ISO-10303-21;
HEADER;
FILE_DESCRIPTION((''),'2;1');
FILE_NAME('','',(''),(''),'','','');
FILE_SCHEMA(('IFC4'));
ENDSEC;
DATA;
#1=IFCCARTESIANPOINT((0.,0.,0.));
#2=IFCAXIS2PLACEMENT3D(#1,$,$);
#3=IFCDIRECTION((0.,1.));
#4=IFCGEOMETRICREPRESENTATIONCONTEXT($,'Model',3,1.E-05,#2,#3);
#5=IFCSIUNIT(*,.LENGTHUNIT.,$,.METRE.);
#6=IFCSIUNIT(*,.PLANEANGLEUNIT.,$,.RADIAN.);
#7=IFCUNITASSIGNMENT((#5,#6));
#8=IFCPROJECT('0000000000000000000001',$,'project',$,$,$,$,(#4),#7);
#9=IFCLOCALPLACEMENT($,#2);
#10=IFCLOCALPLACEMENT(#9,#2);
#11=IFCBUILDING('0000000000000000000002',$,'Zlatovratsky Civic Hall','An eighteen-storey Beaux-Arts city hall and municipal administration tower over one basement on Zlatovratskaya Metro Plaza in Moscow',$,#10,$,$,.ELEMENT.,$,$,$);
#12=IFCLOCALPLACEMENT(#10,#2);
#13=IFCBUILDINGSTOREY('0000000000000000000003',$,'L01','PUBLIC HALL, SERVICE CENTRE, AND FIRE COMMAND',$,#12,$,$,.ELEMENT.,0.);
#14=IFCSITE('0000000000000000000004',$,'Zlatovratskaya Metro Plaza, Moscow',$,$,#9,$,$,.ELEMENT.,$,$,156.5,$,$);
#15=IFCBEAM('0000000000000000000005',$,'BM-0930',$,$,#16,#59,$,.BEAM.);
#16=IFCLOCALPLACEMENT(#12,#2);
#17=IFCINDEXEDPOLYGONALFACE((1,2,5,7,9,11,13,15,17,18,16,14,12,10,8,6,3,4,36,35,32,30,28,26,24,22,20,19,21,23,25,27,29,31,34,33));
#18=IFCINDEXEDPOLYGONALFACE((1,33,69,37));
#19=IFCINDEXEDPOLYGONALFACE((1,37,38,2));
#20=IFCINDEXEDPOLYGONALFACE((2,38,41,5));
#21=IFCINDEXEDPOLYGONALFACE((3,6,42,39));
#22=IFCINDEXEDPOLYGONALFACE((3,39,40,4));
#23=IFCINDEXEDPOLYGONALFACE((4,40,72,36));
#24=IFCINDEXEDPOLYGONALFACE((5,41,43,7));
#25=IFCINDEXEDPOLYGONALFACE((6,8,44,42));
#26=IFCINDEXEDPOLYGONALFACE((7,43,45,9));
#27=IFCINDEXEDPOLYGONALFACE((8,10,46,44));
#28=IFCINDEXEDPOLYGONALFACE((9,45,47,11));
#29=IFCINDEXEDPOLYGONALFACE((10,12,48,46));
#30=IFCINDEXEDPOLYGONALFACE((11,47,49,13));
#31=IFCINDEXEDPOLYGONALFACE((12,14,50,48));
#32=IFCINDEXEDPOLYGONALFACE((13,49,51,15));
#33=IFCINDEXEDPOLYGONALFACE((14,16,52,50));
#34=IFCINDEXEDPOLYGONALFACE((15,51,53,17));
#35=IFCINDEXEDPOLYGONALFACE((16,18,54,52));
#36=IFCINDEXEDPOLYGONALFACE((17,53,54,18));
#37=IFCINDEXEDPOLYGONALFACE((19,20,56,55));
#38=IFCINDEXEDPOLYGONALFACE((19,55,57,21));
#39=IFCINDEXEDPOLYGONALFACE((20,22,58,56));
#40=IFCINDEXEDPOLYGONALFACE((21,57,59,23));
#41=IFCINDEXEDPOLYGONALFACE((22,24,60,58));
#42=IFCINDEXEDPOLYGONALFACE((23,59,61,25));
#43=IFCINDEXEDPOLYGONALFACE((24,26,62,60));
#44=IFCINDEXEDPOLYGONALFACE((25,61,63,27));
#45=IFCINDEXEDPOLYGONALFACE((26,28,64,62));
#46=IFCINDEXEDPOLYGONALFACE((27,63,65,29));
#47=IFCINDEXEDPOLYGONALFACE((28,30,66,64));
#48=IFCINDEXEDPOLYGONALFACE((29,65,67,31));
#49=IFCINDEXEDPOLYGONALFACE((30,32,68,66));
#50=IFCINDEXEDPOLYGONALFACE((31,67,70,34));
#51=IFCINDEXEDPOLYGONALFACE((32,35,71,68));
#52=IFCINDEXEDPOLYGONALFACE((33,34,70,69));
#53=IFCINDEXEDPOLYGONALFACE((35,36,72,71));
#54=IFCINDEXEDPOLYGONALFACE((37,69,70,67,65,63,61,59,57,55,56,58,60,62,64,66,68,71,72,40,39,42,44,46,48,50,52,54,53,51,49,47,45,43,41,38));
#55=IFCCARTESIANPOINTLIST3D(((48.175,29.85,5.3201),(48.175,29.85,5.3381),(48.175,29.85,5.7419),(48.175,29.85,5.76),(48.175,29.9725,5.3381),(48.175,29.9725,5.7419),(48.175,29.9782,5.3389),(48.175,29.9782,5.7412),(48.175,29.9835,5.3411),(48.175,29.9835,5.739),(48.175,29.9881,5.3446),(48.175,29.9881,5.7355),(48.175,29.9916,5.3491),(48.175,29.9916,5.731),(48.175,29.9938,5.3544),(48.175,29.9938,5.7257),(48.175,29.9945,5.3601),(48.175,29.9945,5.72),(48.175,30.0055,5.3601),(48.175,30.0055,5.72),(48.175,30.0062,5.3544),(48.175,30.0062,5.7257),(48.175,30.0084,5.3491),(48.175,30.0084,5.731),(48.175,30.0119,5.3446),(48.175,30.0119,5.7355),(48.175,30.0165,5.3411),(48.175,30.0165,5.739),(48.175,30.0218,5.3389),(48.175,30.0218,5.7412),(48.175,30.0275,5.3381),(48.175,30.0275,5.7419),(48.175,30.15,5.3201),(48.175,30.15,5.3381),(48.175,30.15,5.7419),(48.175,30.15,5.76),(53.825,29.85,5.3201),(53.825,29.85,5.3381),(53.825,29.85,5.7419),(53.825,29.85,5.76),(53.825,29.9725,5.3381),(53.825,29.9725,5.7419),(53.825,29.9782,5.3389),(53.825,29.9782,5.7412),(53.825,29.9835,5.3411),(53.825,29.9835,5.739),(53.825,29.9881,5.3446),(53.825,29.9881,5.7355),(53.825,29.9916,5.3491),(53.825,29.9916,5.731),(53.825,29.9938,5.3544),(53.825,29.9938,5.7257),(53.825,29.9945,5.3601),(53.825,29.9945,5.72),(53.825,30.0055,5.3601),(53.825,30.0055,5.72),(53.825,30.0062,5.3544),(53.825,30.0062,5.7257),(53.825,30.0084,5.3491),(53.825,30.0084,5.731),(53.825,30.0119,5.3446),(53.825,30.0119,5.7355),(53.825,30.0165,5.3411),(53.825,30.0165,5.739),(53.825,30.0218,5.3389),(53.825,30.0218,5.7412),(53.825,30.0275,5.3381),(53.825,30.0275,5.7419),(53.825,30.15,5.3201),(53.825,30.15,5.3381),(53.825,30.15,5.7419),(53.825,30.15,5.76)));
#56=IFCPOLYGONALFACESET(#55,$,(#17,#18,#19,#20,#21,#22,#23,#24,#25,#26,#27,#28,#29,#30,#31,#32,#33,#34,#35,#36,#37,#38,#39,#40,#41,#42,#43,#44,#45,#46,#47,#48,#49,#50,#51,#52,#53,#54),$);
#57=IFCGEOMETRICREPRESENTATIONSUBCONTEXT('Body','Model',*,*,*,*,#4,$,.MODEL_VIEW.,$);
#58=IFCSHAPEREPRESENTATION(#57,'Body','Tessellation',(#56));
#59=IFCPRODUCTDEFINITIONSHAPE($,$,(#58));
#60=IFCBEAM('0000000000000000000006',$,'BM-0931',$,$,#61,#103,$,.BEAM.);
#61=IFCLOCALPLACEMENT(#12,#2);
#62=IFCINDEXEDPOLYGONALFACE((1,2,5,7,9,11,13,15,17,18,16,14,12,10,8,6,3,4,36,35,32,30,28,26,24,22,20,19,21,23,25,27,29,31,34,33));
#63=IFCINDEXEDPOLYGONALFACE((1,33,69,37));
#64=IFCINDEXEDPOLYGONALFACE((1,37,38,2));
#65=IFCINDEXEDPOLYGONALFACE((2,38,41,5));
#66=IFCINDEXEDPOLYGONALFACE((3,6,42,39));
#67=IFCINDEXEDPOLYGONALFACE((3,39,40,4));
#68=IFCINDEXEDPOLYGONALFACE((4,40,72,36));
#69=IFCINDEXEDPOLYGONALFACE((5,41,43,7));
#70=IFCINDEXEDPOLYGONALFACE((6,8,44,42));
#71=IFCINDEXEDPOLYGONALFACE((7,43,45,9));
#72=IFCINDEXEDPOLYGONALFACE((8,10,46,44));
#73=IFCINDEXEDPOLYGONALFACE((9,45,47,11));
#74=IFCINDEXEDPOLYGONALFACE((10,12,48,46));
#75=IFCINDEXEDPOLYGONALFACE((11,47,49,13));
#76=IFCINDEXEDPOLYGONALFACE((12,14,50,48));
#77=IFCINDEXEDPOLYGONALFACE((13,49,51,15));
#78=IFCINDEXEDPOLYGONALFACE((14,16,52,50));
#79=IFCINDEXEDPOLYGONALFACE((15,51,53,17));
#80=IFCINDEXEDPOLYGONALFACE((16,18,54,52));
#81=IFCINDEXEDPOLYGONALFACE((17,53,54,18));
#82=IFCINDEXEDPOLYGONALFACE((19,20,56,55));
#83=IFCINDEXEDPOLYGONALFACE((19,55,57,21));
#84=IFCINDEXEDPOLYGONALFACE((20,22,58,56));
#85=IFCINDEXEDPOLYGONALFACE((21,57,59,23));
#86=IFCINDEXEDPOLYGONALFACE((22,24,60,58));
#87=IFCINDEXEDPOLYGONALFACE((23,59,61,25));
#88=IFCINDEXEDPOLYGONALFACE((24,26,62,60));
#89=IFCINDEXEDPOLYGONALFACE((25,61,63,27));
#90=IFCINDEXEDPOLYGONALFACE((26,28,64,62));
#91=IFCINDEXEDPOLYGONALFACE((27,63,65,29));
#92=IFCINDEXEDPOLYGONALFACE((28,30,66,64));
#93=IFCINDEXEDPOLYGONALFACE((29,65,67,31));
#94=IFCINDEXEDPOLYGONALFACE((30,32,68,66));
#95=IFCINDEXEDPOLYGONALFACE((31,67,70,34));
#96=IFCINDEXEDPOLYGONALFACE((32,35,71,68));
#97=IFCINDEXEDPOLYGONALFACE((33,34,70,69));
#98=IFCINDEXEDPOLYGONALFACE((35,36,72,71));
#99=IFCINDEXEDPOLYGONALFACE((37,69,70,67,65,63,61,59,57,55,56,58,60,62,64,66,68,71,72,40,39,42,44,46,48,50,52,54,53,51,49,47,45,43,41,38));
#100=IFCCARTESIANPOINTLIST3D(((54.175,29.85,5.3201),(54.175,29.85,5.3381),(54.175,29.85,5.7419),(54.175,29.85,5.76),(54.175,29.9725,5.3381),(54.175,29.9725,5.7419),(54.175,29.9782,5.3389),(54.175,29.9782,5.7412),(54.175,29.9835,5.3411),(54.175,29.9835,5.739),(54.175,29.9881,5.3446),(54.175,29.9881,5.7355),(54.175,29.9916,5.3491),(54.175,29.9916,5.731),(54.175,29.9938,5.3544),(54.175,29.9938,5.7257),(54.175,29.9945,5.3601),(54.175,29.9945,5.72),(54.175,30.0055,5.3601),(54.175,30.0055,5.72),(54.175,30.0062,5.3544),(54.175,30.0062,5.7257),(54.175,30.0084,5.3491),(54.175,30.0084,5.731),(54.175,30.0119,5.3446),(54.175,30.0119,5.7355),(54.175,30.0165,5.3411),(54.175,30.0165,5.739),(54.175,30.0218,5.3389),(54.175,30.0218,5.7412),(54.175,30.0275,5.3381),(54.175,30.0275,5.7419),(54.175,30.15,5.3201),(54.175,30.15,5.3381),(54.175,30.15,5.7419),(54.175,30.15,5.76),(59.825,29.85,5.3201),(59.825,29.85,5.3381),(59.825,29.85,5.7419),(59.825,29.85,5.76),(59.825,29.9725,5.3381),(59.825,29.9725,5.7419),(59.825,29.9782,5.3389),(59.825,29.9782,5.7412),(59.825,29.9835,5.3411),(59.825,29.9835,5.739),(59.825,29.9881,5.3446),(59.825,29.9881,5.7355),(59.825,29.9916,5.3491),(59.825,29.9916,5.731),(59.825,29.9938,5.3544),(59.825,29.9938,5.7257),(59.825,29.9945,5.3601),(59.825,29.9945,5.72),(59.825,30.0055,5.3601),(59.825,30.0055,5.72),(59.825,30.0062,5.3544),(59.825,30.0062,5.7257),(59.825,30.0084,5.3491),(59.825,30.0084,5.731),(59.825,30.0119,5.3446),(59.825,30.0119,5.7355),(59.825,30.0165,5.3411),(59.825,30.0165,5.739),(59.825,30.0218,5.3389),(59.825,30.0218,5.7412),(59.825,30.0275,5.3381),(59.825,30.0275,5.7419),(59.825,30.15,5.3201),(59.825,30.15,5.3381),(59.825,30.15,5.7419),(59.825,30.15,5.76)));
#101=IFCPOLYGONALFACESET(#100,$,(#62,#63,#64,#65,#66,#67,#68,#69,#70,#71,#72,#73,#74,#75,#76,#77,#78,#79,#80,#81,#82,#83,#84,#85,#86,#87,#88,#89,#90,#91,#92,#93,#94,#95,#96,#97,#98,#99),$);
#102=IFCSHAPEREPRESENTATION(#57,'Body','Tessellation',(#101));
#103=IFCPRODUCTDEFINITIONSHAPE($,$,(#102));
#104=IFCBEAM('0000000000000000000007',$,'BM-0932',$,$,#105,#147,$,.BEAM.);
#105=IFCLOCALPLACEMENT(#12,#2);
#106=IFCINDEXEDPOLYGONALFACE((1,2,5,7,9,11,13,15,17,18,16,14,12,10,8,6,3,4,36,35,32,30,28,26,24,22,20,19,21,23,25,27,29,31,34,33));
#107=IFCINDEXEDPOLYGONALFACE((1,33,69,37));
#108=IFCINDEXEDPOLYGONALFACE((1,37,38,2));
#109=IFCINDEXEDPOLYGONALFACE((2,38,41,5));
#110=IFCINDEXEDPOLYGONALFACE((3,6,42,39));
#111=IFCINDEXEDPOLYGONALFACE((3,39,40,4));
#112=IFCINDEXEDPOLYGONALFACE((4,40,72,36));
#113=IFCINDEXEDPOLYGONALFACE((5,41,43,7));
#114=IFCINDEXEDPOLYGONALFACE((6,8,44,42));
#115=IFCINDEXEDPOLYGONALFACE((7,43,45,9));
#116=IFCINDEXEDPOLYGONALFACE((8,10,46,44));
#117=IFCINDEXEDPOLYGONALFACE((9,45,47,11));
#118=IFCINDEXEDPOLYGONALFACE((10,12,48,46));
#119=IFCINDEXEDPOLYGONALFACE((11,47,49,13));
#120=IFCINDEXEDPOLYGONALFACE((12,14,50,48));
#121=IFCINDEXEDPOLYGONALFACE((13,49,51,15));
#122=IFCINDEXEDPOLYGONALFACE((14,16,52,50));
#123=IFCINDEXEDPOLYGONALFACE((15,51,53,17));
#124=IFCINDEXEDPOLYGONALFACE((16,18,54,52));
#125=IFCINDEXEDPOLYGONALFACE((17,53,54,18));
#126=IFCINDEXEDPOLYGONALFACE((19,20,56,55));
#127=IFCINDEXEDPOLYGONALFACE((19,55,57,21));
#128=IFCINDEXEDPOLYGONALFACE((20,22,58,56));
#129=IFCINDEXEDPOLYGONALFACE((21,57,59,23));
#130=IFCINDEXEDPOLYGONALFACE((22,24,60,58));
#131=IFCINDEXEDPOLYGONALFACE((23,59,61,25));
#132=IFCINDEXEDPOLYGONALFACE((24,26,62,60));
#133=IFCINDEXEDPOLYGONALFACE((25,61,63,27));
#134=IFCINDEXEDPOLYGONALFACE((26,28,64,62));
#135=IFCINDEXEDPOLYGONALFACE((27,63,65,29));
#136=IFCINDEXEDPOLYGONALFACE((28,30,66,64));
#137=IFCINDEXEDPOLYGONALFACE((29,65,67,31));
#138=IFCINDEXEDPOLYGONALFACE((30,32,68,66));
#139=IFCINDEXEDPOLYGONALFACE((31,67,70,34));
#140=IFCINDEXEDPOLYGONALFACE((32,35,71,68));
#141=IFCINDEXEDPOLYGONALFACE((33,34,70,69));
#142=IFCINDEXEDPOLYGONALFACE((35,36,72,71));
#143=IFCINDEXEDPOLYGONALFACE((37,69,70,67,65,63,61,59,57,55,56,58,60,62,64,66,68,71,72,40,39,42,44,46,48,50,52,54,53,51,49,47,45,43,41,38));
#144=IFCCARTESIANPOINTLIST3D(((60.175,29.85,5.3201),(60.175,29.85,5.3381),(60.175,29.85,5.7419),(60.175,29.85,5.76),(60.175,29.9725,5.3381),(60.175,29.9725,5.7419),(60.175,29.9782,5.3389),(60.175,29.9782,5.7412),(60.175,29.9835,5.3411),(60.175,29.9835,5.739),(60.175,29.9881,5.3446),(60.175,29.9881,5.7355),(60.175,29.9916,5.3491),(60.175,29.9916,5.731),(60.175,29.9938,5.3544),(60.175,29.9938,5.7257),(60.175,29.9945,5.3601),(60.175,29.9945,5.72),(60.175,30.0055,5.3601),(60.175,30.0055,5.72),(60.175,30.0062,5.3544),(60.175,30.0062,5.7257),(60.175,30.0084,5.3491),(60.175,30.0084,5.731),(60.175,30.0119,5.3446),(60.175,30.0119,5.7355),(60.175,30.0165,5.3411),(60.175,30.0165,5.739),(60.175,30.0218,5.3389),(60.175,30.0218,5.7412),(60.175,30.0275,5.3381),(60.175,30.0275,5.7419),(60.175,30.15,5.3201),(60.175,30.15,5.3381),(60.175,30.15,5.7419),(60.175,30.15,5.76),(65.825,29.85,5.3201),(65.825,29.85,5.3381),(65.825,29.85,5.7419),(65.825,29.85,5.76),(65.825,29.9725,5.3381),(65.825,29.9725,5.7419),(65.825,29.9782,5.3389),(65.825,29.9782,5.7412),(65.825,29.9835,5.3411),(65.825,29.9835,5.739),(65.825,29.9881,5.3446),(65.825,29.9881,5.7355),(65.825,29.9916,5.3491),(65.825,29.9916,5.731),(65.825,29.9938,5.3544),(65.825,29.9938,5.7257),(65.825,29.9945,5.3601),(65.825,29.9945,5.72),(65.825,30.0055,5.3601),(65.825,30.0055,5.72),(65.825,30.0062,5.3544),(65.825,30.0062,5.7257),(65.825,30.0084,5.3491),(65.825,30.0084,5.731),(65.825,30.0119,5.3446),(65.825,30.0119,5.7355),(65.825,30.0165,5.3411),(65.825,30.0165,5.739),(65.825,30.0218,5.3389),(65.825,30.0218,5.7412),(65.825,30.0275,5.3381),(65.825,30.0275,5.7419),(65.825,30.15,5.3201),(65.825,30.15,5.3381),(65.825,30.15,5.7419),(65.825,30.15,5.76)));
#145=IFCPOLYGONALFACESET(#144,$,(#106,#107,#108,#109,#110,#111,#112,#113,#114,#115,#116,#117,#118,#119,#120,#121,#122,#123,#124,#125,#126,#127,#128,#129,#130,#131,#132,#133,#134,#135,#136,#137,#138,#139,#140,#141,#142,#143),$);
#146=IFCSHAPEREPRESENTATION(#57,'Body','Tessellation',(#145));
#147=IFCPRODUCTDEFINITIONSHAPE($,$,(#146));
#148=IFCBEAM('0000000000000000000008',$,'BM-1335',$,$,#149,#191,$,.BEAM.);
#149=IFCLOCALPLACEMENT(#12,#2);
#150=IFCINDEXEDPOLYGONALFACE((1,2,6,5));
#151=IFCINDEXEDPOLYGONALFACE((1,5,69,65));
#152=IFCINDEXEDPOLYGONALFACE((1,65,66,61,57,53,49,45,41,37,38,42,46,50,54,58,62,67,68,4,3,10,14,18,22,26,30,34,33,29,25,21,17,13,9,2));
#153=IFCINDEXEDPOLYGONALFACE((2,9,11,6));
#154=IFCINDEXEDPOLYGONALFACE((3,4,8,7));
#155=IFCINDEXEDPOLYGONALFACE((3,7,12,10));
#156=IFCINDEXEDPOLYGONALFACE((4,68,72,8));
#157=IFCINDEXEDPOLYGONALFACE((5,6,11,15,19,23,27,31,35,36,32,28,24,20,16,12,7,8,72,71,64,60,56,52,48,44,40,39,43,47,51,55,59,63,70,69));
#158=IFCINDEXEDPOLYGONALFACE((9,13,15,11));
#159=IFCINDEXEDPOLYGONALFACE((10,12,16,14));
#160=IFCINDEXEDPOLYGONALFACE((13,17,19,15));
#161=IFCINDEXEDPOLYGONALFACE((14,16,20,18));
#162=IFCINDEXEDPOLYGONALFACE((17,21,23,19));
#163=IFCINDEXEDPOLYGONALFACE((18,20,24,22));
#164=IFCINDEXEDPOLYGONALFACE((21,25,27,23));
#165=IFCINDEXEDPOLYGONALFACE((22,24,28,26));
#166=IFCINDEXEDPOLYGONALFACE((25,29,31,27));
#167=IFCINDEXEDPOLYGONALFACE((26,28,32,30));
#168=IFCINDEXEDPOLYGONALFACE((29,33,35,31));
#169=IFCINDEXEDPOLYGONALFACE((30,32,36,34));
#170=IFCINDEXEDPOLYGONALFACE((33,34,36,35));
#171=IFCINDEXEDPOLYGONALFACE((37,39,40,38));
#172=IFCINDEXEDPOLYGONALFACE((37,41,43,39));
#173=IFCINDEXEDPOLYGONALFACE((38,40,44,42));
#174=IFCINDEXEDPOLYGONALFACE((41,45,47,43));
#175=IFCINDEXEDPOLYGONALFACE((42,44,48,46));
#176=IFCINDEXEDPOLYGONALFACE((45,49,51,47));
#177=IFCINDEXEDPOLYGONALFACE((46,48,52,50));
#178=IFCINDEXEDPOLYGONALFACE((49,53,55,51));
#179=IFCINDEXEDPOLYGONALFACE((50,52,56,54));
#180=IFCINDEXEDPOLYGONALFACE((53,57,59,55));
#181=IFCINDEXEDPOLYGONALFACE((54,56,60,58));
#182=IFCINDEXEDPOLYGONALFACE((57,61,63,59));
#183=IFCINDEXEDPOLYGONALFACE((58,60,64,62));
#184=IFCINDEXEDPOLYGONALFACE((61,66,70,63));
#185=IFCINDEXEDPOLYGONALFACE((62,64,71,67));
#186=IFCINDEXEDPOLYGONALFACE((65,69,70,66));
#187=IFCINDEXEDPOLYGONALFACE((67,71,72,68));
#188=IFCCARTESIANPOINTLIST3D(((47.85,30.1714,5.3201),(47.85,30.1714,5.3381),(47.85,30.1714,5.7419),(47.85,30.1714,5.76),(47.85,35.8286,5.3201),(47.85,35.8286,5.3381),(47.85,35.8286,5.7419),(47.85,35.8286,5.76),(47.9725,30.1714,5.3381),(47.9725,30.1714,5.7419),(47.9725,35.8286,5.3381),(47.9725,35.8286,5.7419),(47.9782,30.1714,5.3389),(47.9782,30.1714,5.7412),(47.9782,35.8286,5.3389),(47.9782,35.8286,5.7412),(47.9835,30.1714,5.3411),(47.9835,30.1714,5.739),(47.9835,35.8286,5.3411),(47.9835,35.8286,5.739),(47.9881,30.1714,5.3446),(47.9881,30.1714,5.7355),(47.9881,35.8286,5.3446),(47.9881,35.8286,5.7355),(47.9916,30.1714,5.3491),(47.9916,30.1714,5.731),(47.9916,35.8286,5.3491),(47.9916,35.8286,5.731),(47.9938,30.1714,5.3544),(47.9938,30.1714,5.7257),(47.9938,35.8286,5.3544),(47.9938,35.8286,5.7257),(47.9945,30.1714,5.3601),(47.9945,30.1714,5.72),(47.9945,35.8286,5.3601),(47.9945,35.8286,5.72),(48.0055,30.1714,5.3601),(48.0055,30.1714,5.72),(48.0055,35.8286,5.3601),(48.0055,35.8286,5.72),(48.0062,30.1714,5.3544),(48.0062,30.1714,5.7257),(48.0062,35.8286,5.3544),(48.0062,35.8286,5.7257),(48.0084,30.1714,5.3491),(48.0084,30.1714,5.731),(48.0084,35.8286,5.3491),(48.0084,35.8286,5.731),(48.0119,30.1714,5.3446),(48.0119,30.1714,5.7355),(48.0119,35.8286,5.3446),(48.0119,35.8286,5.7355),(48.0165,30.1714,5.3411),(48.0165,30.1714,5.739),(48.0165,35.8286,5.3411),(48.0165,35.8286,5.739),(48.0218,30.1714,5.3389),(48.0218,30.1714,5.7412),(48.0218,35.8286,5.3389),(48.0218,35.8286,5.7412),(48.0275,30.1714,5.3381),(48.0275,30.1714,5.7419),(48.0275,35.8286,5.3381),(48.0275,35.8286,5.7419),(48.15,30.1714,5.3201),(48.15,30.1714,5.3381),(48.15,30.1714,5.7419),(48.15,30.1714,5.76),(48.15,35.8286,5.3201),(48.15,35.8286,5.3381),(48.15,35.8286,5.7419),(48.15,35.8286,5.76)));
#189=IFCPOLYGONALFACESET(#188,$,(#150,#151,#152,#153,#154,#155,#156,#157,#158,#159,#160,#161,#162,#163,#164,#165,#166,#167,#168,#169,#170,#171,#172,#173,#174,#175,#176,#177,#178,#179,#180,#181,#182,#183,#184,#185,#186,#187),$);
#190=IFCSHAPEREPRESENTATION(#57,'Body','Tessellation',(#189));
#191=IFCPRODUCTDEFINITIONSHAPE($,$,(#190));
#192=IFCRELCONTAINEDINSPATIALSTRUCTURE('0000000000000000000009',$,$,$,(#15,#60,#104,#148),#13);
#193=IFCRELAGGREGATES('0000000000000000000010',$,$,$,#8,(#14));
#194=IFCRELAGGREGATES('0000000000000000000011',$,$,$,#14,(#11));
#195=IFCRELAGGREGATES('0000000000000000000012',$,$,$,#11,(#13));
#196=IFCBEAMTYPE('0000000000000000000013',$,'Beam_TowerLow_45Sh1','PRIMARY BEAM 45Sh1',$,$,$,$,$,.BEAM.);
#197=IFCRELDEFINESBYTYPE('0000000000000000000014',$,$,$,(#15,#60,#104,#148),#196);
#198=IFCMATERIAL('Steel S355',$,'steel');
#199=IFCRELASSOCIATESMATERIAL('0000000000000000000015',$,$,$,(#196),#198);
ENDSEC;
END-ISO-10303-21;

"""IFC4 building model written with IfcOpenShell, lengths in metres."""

from ifc_helpers import new_model, si_unit, direction, frame, origin, origin_2d, place, context, subcontext, project, spatial, i_section, extrude, material, material_profile, profile_set, type_object, element, save


model = new_model("IFC4")

# Units and contexts
model_context = context("Model", 3, precision=1e-05, world=origin(), true_north=direction((0.0, 1.0)))
body_context = subcontext(model_context, "Body", "Model", "MODEL_VIEW")
ifc_project = project(units=[si_unit("LENGTHUNIT", "METRE"), si_unit("PLANEANGLEUNIT", "RADIAN")], contexts=[model_context])

# Site, building, storey
site_placement = place(None, origin())
site = spatial("IfcSite", under=ifc_project, at=site_placement, Name="Zlatovratskaya Metro Plaza, Moscow", CompositionType="ELEMENT", RefElevation=156.5)
building_placement = place(site_placement, origin())
building = spatial("IfcBuilding", under=site, at=building_placement, Name="Zlatovratsky Civic Hall", Description="An eighteen-storey Beaux-Arts city hall and municipal administration tower over one basement on Zlatovratskaya Metro Plaza in Moscow", CompositionType="ELEMENT")
storey_placement = place(building_placement, origin())
storey = spatial("IfcBuildingStorey", under=building, at=storey_placement, Name="L01", Description="PUBLIC HALL, SERVICE CENTRE, AND FIRE COMMAND", CompositionType="ELEMENT", Elevation=0.0)

# Shared definitions
ifc_material_1 = material(Name="Steel S355", Category="steel")

# Beams
ifc_material_profile_1 = material_profile(ifc_material_1, i_section(OverallWidth=0.3, OverallDepth=0.4399, WebThickness=0.011, FlangeThickness=0.0181, FilletRadius=0.022, at=origin_2d()), Name="45Sh1")
ifc_profile_set_1 = profile_set([ifc_material_profile_1], Name="Steel S355")
beam_type_1 = type_object("IfcBeamType", Name="Beam_TowerLow_45Sh1", Description="PRIMARY BEAM 45Sh1", PredefinedType="BEAM", material=ifc_profile_set_1)
for number, where, z_axis, x_axis, name in (
    (1, (48.175, 30.0, 5.54), (1.0, 0.0, 0.0), (0.0, 1.0, 0.0), "BM-0930"),
    (2, (54.175, 30.0, 5.54), (1.0, 0.0, 0.0), (0.0, 1.0, 0.0), "BM-0931"),
    (3, (60.175, 30.0, 5.54), (1.0, 0.0, 0.0), (0.0, 1.0, 0.0), "BM-0932"),
):
    element("IfcBeam", number, at=place(storey_placement, frame(where, z_axis=z_axis, x_axis=x_axis)), inside=storey, type_object=beam_type_1, Name=name, PredefinedType="BEAM", context=body_context, shape_type="SweptSolid", body=[
        extrude(i_section(OverallWidth=0.3, OverallDepth=0.4399, WebThickness=0.011, FlangeThickness=0.0181, FilletRadius=0.022, at=origin_2d()), origin(), (0.0, 0.0, 1.0), 5.6499),
    ])
for number, where, z_axis, x_axis, name in (
    (4, (48.0, 30.1714, 5.54), (0.0, 1.0, 0.0), (-1.0, 0.0, 0.0), "BM-1335"),
):
    element("IfcBeam", number, at=place(storey_placement, frame(where, z_axis=z_axis, x_axis=x_axis)), inside=storey, type_object=beam_type_1, Name=name, PredefinedType="BEAM", context=body_context, shape_type="SweptSolid", body=[
        extrude(i_section(OverallWidth=0.3, OverallDepth=0.4399, WebThickness=0.011, FlangeThickness=0.0181, FilletRadius=0.022, at=origin_2d()), origin(), (0.0, 0.0, 1.0), 5.6572),
    ])

save(model, "model.ifc")
